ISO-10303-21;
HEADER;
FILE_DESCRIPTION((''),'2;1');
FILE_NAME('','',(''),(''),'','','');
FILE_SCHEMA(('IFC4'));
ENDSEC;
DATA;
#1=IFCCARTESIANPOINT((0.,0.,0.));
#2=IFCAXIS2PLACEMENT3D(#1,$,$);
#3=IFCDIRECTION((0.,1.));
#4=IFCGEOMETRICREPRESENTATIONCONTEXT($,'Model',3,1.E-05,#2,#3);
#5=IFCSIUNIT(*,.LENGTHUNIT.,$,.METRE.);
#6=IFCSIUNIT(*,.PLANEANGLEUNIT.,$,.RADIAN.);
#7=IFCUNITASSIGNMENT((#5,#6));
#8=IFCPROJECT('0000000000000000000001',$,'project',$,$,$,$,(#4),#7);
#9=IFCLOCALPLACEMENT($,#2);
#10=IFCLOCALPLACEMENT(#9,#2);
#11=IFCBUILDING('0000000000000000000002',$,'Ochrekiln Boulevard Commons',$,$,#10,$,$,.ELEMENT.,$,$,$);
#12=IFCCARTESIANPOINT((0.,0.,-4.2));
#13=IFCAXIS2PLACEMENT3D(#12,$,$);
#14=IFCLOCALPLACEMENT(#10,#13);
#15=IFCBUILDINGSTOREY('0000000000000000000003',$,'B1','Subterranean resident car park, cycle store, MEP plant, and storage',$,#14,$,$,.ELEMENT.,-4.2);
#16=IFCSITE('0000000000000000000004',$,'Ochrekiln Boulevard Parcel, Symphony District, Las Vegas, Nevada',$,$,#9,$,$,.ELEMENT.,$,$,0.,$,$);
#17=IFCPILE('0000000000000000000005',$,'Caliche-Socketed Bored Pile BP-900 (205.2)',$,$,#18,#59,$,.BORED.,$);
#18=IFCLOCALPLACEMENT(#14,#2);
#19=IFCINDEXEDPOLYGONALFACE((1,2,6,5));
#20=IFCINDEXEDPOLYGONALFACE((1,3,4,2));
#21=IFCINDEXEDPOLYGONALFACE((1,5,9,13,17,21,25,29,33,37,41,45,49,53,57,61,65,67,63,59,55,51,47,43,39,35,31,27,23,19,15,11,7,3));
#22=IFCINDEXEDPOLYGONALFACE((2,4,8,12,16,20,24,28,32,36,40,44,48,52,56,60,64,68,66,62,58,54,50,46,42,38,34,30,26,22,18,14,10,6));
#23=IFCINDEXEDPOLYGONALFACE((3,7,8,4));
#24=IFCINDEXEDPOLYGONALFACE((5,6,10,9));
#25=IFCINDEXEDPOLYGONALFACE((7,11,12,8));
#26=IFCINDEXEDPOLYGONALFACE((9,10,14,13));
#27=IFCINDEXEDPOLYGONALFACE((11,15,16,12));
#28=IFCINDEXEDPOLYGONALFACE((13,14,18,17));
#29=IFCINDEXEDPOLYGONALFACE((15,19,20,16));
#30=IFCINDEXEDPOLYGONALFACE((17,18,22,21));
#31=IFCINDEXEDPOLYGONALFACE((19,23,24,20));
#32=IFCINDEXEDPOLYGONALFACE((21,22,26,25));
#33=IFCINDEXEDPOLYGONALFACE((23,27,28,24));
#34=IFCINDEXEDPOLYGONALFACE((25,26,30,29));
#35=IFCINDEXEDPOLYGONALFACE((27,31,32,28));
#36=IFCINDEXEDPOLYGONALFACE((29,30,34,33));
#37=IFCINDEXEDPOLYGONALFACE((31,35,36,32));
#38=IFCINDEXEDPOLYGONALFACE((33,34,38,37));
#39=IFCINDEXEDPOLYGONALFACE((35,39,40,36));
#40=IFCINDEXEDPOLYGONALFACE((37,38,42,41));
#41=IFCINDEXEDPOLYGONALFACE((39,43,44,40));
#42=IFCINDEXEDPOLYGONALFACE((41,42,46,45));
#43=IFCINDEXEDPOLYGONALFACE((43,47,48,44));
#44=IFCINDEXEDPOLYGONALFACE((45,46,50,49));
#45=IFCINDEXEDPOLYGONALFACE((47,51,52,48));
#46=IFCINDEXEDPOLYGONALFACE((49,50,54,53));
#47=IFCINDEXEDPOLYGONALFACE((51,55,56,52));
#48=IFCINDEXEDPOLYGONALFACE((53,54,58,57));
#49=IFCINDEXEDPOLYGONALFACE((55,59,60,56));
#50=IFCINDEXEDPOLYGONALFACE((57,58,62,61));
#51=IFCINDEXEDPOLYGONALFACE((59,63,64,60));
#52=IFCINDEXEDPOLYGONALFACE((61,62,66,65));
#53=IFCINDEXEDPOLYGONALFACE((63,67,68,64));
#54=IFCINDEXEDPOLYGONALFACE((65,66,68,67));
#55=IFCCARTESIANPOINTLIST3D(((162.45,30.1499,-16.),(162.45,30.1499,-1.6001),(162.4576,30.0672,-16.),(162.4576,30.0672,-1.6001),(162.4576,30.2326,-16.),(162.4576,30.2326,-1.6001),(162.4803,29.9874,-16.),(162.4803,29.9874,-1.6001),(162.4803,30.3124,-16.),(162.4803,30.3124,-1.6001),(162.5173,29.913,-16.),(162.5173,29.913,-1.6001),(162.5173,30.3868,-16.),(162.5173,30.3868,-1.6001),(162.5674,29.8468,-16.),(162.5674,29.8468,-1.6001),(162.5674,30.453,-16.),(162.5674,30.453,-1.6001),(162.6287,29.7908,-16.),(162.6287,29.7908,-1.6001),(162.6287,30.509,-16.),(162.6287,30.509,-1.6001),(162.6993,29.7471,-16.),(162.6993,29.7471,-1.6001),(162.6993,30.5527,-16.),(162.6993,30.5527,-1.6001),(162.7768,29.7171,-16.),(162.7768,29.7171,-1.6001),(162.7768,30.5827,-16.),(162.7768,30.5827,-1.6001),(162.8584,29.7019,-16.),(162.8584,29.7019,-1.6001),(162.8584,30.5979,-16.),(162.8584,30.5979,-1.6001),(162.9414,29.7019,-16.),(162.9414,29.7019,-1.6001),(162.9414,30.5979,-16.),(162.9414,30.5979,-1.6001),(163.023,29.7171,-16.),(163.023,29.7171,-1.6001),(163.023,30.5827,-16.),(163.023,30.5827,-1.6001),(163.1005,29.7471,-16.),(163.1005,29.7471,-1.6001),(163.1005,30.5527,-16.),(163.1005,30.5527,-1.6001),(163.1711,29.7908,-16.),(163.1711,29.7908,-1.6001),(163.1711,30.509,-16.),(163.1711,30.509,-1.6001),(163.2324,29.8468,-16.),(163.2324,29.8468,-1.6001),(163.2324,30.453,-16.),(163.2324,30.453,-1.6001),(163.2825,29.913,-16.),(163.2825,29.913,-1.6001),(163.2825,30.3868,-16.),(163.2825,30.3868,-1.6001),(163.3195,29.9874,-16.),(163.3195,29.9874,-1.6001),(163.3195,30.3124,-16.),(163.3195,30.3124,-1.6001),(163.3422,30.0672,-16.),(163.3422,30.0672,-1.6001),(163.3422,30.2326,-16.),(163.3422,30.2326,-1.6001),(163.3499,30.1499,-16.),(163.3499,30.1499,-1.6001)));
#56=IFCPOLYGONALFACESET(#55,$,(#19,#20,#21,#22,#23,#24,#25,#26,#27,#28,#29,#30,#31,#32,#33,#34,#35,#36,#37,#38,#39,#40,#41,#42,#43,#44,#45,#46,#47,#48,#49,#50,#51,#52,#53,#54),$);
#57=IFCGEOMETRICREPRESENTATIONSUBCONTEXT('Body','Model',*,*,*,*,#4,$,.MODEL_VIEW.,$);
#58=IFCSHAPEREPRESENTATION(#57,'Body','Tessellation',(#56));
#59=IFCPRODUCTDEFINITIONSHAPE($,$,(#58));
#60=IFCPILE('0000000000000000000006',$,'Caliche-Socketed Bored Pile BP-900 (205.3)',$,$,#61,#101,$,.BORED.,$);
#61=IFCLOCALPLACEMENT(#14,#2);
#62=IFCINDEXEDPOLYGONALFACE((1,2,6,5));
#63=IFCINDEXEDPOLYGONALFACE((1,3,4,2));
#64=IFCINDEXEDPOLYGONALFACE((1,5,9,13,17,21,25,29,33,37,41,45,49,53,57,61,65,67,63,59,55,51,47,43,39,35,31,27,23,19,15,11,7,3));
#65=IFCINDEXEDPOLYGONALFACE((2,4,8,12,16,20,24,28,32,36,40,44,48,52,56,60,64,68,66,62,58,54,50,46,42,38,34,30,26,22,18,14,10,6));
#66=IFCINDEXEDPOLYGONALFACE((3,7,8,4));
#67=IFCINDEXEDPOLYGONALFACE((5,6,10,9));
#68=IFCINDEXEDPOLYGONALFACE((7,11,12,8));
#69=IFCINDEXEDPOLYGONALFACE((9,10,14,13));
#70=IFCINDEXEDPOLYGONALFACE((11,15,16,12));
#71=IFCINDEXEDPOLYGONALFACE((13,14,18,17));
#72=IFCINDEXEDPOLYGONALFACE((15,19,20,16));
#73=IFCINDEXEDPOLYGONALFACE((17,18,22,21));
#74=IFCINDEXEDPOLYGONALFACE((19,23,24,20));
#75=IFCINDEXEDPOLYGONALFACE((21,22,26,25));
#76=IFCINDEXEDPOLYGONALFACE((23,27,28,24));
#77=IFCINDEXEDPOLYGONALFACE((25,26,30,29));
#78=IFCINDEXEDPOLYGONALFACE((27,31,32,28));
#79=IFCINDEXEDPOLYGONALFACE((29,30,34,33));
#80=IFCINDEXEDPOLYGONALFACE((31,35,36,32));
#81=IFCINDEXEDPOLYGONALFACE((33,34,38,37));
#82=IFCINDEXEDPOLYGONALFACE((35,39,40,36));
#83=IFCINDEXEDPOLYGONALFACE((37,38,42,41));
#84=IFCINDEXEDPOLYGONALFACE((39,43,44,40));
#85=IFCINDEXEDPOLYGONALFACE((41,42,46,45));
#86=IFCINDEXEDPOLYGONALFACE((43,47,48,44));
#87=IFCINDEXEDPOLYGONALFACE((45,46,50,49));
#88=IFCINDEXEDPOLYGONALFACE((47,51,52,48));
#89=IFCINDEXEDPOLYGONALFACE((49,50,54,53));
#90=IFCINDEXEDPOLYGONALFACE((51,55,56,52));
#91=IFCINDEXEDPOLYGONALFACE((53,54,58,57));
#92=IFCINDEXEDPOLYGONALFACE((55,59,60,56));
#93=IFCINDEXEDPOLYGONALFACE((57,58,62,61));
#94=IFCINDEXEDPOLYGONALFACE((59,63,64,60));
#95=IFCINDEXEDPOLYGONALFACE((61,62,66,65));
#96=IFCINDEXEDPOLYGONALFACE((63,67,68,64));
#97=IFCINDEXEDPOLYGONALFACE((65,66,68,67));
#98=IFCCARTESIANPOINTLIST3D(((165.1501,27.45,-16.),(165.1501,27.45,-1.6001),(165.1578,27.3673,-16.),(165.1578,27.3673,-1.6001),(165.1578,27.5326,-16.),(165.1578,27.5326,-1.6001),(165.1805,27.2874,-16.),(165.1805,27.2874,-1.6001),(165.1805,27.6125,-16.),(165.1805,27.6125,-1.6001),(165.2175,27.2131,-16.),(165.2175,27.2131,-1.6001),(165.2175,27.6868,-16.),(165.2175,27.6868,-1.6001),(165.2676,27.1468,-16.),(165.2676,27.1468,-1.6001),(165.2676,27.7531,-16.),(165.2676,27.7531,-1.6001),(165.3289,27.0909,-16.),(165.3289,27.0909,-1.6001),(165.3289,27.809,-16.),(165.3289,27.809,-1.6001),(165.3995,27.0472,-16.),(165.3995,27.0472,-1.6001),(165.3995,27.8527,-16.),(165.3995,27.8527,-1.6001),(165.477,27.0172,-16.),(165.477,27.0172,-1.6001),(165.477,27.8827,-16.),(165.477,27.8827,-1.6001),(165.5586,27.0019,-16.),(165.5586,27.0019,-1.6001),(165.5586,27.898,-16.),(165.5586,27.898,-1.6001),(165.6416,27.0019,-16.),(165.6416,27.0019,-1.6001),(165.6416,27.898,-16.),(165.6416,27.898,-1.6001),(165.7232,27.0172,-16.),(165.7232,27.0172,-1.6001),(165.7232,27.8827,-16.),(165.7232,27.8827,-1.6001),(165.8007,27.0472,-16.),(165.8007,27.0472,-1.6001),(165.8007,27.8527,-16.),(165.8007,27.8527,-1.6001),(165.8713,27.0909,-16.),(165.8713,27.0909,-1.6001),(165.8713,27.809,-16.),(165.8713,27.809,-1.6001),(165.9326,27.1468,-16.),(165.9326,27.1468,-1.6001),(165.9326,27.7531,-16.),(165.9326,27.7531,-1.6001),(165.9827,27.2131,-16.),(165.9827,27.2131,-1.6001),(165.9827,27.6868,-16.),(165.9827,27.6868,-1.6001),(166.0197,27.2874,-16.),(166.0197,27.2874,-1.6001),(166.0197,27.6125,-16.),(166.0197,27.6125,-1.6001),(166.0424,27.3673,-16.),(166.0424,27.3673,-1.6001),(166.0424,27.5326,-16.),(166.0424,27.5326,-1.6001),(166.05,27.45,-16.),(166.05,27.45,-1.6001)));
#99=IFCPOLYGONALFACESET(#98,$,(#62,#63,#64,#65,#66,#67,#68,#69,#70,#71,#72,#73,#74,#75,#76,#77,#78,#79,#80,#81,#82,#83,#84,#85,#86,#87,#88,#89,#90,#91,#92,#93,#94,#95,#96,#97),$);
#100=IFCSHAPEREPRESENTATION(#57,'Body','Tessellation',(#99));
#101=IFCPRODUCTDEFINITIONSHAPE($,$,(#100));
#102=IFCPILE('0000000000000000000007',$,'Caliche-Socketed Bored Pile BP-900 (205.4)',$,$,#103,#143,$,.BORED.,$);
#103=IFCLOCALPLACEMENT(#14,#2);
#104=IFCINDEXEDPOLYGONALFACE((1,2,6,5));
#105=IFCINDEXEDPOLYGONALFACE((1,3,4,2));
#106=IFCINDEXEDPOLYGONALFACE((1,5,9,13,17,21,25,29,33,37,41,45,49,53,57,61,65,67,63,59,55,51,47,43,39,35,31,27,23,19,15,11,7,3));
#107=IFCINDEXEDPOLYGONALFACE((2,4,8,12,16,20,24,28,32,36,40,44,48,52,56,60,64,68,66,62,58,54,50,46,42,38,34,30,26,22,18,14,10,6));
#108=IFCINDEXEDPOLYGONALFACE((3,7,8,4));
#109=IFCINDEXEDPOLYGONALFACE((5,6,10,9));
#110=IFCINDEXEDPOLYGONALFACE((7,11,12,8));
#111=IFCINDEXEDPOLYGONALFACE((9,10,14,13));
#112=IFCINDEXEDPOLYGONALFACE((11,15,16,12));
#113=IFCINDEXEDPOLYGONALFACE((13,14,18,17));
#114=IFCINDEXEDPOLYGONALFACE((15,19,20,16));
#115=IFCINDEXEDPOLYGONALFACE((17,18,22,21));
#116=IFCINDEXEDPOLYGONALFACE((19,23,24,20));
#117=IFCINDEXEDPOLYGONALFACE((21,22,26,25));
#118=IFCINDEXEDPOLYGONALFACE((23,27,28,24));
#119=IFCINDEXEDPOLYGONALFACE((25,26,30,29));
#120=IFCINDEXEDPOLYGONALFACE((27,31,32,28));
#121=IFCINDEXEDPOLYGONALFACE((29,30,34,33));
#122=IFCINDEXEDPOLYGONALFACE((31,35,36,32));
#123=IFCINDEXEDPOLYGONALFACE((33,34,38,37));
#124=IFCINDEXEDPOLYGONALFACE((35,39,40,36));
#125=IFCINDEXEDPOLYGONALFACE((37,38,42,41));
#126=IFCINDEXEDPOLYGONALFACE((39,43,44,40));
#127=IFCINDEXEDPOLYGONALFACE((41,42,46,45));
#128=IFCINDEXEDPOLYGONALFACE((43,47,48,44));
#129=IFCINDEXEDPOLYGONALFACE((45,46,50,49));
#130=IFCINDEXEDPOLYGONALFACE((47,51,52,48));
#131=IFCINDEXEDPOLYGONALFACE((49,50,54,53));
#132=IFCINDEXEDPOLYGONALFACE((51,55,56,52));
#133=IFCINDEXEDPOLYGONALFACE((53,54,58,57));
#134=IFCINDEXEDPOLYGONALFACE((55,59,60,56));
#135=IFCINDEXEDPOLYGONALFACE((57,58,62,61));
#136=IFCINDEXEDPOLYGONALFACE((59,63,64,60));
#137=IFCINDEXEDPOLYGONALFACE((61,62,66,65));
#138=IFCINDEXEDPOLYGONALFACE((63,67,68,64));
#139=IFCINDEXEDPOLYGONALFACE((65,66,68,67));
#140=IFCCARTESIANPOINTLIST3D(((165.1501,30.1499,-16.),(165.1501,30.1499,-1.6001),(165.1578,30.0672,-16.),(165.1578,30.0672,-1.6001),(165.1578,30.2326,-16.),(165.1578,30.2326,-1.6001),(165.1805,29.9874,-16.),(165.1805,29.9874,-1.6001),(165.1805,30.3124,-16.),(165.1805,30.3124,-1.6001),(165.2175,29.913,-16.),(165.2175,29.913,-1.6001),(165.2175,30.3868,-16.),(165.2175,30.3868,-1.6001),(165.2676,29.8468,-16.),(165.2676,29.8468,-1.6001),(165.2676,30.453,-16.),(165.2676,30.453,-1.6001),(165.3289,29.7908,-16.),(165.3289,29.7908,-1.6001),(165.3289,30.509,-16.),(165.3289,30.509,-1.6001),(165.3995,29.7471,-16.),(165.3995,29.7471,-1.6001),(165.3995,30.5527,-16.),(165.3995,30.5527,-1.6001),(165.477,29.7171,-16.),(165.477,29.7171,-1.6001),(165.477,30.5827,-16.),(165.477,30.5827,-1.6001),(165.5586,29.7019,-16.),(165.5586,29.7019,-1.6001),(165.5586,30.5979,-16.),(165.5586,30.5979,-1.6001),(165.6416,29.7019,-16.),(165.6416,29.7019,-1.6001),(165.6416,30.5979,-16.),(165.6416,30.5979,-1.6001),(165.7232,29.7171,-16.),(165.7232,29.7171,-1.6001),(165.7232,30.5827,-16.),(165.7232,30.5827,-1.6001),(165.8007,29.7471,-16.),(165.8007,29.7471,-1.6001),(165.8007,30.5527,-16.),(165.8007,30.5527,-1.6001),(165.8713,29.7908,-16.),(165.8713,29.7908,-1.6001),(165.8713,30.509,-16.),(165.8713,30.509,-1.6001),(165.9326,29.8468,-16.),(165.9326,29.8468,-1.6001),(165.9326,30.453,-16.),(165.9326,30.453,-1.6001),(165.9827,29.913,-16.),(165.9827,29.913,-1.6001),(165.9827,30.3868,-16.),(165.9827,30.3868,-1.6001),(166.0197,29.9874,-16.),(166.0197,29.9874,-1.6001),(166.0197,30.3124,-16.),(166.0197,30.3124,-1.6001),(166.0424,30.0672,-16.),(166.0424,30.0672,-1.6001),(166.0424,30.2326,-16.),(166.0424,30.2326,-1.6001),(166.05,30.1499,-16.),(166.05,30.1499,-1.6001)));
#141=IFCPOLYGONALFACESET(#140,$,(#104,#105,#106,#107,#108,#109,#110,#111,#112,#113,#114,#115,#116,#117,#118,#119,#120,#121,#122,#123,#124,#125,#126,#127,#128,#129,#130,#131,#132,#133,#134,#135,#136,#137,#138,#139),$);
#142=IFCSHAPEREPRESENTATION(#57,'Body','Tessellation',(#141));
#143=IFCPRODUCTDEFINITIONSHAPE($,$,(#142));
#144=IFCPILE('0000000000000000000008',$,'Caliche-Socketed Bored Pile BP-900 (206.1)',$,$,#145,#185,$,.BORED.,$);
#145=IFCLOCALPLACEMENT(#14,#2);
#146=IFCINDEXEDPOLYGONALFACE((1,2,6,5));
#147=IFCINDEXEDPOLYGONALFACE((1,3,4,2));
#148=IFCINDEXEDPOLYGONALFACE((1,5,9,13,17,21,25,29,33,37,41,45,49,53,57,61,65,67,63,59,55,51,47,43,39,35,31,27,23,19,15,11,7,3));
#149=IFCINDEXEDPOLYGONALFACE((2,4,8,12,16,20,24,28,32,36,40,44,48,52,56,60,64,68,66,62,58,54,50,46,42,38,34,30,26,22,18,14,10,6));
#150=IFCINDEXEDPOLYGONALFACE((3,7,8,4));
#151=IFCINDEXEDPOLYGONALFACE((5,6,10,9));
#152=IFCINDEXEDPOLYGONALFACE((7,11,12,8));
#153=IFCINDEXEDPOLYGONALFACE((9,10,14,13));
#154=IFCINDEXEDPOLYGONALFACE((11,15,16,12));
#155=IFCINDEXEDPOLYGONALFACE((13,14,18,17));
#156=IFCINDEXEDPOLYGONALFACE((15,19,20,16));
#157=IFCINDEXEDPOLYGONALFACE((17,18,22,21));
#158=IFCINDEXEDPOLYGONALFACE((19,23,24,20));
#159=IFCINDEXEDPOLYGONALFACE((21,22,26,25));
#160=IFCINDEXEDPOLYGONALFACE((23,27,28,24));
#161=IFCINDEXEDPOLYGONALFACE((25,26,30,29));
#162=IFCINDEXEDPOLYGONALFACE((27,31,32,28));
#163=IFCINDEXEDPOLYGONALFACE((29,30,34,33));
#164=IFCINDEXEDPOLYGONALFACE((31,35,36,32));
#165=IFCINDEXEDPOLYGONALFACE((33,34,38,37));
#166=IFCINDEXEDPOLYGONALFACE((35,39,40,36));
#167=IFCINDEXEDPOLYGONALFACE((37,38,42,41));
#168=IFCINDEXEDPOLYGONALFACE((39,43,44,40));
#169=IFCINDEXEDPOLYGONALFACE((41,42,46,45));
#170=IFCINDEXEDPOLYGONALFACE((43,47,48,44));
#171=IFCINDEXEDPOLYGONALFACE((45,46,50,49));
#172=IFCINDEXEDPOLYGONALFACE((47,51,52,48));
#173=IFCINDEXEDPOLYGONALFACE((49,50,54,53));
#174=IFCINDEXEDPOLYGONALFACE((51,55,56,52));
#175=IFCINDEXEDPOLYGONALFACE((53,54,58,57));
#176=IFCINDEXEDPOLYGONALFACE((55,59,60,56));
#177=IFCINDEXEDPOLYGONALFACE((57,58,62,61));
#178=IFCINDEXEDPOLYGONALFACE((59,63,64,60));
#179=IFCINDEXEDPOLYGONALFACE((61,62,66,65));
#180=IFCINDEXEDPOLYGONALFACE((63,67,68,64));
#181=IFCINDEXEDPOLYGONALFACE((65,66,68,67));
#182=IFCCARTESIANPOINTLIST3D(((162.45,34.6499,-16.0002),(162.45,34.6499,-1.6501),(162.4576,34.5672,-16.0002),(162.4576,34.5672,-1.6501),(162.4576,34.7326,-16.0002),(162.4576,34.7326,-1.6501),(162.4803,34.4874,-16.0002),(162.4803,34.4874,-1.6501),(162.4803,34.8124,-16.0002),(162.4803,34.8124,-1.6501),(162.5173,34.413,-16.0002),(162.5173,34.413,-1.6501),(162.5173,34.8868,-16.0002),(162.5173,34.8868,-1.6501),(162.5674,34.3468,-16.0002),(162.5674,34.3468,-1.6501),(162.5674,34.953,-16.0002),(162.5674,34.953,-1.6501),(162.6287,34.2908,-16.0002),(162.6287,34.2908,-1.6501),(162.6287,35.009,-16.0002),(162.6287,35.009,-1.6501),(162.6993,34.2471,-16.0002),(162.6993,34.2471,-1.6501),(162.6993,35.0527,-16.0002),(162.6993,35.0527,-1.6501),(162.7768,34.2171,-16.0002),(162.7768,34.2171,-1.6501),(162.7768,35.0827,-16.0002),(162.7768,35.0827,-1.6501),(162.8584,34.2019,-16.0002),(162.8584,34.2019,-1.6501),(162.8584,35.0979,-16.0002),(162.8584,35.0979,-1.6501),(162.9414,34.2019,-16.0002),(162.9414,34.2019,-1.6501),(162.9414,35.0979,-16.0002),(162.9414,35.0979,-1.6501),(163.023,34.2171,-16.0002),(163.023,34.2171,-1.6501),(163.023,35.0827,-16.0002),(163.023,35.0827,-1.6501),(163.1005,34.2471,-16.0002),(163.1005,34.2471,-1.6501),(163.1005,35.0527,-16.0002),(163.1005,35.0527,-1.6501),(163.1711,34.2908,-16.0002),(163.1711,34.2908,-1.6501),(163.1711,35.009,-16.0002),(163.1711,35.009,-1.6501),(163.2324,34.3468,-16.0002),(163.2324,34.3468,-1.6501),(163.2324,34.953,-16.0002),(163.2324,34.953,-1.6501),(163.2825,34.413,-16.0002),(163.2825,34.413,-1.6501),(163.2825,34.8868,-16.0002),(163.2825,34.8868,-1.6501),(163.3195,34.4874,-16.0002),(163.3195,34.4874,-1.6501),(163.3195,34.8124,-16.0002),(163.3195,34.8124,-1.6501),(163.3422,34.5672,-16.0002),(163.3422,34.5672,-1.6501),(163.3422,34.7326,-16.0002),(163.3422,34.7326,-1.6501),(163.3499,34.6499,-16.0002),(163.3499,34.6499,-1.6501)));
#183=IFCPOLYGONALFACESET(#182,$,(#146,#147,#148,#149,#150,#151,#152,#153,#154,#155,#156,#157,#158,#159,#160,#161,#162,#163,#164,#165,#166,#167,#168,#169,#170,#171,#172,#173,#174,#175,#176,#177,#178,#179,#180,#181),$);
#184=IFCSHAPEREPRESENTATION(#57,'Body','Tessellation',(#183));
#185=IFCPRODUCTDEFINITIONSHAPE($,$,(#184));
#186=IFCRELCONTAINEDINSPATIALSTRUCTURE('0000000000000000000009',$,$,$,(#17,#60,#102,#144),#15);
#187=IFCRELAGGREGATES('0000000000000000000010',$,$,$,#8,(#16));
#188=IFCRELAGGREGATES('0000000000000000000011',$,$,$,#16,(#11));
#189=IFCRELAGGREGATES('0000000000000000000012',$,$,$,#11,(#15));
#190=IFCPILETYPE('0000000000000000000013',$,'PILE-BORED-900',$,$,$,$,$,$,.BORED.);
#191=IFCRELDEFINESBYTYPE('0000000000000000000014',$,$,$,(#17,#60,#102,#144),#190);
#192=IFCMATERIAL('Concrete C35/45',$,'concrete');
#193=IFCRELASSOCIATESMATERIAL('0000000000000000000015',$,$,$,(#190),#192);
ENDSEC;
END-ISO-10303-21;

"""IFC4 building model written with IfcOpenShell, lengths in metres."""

from ifc_helpers import new_model, si_unit, direction, frame, origin, origin_2d, place, context, subcontext, project, spatial, circle, extrude, material, material_profile, profile_set, type_object, element, save


model = new_model("IFC4")

# Units and contexts
model_context = context("Model", 3, precision=1e-05, world=origin(), true_north=direction((0.0, 1.0)))
body_context = subcontext(model_context, "Body", "Model", "MODEL_VIEW")
ifc_project = project(units=[si_unit("LENGTHUNIT", "METRE"), si_unit("PLANEANGLEUNIT", "RADIAN")], contexts=[model_context])

# Site, building, storey
site_placement = place(None, origin())
site = spatial("IfcSite", under=ifc_project, at=site_placement, Name="Ochrekiln Boulevard Parcel, Symphony District, Las Vegas, Nevada", CompositionType="ELEMENT", RefElevation=0.0)
building_placement = place(site_placement, origin())
building = spatial("IfcBuilding", under=site, at=building_placement, Name="Ochrekiln Boulevard Commons", CompositionType="ELEMENT")
storey_placement = place(building_placement, frame((0.0, 0.0, -4.2)))
storey = spatial("IfcBuildingStorey", under=building, at=storey_placement, Name="B1", Description="Subterranean resident car park, cycle store, MEP plant, and storage", CompositionType="ELEMENT", Elevation=-4.2)

# Shared definitions
ifc_material_1 = material(Name="Concrete C35/45", Category="concrete")

# Piles
ifc_material_profile_1 = material_profile(ifc_material_1, circle(Radius=0.45, at=origin_2d()), Name="PILE-D900")
ifc_profile_set_1 = profile_set([ifc_material_profile_1], Name="Concrete C35/45")
pile_type = type_object("IfcPileType", Name="PILE-BORED-900", PredefinedType="BORED", material=ifc_profile_set_1)
for number, where, z_axis, x_axis, name in (
    (1, (162.8999, 30.1499, -1.6001), (0.0, 0.0, -1.0), (1.0, 0.0, 0.0), "Caliche-Socketed Bored Pile BP-900 (205.2)"),
    (2, (165.6001, 27.45, -1.6001), (0.0, 0.0, -1.0), (1.0, 0.0, 0.0), "Caliche-Socketed Bored Pile BP-900 (205.3)"),
    (3, (165.6001, 30.1499, -1.6001), (0.0, 0.0, -1.0), (1.0, 0.0, 0.0), "Caliche-Socketed Bored Pile BP-900 (205.4)"),
):
    element("IfcPile", number, at=place(storey_placement, frame(where, z_axis=z_axis, x_axis=x_axis)), inside=storey, type_object=pile_type, Name=name, PredefinedType="BORED", context=body_context, shape_type="SweptSolid", body=[
        extrude(circle(Radius=0.45, at=origin_2d()), origin(), (0.0, 0.0, 1.0), 14.3999),
    ])
for number, where, z_axis, x_axis, name in (
    (4, (162.8999, 34.6499, -1.6501), (0.0, 0.0, -1.0), (1.0, 0.0, 0.0), "Caliche-Socketed Bored Pile BP-900 (206.1)"),
):
    element("IfcPile", number, at=place(storey_placement, frame(where, z_axis=z_axis, x_axis=x_axis)), inside=storey, type_object=pile_type, Name=name, PredefinedType="BORED", context=body_context, shape_type="SweptSolid", body=[
        extrude(circle(Radius=0.45, at=origin_2d()), origin(), (0.0, 0.0, 1.0), 14.3501),
    ])

save(model, "model.ifc")
